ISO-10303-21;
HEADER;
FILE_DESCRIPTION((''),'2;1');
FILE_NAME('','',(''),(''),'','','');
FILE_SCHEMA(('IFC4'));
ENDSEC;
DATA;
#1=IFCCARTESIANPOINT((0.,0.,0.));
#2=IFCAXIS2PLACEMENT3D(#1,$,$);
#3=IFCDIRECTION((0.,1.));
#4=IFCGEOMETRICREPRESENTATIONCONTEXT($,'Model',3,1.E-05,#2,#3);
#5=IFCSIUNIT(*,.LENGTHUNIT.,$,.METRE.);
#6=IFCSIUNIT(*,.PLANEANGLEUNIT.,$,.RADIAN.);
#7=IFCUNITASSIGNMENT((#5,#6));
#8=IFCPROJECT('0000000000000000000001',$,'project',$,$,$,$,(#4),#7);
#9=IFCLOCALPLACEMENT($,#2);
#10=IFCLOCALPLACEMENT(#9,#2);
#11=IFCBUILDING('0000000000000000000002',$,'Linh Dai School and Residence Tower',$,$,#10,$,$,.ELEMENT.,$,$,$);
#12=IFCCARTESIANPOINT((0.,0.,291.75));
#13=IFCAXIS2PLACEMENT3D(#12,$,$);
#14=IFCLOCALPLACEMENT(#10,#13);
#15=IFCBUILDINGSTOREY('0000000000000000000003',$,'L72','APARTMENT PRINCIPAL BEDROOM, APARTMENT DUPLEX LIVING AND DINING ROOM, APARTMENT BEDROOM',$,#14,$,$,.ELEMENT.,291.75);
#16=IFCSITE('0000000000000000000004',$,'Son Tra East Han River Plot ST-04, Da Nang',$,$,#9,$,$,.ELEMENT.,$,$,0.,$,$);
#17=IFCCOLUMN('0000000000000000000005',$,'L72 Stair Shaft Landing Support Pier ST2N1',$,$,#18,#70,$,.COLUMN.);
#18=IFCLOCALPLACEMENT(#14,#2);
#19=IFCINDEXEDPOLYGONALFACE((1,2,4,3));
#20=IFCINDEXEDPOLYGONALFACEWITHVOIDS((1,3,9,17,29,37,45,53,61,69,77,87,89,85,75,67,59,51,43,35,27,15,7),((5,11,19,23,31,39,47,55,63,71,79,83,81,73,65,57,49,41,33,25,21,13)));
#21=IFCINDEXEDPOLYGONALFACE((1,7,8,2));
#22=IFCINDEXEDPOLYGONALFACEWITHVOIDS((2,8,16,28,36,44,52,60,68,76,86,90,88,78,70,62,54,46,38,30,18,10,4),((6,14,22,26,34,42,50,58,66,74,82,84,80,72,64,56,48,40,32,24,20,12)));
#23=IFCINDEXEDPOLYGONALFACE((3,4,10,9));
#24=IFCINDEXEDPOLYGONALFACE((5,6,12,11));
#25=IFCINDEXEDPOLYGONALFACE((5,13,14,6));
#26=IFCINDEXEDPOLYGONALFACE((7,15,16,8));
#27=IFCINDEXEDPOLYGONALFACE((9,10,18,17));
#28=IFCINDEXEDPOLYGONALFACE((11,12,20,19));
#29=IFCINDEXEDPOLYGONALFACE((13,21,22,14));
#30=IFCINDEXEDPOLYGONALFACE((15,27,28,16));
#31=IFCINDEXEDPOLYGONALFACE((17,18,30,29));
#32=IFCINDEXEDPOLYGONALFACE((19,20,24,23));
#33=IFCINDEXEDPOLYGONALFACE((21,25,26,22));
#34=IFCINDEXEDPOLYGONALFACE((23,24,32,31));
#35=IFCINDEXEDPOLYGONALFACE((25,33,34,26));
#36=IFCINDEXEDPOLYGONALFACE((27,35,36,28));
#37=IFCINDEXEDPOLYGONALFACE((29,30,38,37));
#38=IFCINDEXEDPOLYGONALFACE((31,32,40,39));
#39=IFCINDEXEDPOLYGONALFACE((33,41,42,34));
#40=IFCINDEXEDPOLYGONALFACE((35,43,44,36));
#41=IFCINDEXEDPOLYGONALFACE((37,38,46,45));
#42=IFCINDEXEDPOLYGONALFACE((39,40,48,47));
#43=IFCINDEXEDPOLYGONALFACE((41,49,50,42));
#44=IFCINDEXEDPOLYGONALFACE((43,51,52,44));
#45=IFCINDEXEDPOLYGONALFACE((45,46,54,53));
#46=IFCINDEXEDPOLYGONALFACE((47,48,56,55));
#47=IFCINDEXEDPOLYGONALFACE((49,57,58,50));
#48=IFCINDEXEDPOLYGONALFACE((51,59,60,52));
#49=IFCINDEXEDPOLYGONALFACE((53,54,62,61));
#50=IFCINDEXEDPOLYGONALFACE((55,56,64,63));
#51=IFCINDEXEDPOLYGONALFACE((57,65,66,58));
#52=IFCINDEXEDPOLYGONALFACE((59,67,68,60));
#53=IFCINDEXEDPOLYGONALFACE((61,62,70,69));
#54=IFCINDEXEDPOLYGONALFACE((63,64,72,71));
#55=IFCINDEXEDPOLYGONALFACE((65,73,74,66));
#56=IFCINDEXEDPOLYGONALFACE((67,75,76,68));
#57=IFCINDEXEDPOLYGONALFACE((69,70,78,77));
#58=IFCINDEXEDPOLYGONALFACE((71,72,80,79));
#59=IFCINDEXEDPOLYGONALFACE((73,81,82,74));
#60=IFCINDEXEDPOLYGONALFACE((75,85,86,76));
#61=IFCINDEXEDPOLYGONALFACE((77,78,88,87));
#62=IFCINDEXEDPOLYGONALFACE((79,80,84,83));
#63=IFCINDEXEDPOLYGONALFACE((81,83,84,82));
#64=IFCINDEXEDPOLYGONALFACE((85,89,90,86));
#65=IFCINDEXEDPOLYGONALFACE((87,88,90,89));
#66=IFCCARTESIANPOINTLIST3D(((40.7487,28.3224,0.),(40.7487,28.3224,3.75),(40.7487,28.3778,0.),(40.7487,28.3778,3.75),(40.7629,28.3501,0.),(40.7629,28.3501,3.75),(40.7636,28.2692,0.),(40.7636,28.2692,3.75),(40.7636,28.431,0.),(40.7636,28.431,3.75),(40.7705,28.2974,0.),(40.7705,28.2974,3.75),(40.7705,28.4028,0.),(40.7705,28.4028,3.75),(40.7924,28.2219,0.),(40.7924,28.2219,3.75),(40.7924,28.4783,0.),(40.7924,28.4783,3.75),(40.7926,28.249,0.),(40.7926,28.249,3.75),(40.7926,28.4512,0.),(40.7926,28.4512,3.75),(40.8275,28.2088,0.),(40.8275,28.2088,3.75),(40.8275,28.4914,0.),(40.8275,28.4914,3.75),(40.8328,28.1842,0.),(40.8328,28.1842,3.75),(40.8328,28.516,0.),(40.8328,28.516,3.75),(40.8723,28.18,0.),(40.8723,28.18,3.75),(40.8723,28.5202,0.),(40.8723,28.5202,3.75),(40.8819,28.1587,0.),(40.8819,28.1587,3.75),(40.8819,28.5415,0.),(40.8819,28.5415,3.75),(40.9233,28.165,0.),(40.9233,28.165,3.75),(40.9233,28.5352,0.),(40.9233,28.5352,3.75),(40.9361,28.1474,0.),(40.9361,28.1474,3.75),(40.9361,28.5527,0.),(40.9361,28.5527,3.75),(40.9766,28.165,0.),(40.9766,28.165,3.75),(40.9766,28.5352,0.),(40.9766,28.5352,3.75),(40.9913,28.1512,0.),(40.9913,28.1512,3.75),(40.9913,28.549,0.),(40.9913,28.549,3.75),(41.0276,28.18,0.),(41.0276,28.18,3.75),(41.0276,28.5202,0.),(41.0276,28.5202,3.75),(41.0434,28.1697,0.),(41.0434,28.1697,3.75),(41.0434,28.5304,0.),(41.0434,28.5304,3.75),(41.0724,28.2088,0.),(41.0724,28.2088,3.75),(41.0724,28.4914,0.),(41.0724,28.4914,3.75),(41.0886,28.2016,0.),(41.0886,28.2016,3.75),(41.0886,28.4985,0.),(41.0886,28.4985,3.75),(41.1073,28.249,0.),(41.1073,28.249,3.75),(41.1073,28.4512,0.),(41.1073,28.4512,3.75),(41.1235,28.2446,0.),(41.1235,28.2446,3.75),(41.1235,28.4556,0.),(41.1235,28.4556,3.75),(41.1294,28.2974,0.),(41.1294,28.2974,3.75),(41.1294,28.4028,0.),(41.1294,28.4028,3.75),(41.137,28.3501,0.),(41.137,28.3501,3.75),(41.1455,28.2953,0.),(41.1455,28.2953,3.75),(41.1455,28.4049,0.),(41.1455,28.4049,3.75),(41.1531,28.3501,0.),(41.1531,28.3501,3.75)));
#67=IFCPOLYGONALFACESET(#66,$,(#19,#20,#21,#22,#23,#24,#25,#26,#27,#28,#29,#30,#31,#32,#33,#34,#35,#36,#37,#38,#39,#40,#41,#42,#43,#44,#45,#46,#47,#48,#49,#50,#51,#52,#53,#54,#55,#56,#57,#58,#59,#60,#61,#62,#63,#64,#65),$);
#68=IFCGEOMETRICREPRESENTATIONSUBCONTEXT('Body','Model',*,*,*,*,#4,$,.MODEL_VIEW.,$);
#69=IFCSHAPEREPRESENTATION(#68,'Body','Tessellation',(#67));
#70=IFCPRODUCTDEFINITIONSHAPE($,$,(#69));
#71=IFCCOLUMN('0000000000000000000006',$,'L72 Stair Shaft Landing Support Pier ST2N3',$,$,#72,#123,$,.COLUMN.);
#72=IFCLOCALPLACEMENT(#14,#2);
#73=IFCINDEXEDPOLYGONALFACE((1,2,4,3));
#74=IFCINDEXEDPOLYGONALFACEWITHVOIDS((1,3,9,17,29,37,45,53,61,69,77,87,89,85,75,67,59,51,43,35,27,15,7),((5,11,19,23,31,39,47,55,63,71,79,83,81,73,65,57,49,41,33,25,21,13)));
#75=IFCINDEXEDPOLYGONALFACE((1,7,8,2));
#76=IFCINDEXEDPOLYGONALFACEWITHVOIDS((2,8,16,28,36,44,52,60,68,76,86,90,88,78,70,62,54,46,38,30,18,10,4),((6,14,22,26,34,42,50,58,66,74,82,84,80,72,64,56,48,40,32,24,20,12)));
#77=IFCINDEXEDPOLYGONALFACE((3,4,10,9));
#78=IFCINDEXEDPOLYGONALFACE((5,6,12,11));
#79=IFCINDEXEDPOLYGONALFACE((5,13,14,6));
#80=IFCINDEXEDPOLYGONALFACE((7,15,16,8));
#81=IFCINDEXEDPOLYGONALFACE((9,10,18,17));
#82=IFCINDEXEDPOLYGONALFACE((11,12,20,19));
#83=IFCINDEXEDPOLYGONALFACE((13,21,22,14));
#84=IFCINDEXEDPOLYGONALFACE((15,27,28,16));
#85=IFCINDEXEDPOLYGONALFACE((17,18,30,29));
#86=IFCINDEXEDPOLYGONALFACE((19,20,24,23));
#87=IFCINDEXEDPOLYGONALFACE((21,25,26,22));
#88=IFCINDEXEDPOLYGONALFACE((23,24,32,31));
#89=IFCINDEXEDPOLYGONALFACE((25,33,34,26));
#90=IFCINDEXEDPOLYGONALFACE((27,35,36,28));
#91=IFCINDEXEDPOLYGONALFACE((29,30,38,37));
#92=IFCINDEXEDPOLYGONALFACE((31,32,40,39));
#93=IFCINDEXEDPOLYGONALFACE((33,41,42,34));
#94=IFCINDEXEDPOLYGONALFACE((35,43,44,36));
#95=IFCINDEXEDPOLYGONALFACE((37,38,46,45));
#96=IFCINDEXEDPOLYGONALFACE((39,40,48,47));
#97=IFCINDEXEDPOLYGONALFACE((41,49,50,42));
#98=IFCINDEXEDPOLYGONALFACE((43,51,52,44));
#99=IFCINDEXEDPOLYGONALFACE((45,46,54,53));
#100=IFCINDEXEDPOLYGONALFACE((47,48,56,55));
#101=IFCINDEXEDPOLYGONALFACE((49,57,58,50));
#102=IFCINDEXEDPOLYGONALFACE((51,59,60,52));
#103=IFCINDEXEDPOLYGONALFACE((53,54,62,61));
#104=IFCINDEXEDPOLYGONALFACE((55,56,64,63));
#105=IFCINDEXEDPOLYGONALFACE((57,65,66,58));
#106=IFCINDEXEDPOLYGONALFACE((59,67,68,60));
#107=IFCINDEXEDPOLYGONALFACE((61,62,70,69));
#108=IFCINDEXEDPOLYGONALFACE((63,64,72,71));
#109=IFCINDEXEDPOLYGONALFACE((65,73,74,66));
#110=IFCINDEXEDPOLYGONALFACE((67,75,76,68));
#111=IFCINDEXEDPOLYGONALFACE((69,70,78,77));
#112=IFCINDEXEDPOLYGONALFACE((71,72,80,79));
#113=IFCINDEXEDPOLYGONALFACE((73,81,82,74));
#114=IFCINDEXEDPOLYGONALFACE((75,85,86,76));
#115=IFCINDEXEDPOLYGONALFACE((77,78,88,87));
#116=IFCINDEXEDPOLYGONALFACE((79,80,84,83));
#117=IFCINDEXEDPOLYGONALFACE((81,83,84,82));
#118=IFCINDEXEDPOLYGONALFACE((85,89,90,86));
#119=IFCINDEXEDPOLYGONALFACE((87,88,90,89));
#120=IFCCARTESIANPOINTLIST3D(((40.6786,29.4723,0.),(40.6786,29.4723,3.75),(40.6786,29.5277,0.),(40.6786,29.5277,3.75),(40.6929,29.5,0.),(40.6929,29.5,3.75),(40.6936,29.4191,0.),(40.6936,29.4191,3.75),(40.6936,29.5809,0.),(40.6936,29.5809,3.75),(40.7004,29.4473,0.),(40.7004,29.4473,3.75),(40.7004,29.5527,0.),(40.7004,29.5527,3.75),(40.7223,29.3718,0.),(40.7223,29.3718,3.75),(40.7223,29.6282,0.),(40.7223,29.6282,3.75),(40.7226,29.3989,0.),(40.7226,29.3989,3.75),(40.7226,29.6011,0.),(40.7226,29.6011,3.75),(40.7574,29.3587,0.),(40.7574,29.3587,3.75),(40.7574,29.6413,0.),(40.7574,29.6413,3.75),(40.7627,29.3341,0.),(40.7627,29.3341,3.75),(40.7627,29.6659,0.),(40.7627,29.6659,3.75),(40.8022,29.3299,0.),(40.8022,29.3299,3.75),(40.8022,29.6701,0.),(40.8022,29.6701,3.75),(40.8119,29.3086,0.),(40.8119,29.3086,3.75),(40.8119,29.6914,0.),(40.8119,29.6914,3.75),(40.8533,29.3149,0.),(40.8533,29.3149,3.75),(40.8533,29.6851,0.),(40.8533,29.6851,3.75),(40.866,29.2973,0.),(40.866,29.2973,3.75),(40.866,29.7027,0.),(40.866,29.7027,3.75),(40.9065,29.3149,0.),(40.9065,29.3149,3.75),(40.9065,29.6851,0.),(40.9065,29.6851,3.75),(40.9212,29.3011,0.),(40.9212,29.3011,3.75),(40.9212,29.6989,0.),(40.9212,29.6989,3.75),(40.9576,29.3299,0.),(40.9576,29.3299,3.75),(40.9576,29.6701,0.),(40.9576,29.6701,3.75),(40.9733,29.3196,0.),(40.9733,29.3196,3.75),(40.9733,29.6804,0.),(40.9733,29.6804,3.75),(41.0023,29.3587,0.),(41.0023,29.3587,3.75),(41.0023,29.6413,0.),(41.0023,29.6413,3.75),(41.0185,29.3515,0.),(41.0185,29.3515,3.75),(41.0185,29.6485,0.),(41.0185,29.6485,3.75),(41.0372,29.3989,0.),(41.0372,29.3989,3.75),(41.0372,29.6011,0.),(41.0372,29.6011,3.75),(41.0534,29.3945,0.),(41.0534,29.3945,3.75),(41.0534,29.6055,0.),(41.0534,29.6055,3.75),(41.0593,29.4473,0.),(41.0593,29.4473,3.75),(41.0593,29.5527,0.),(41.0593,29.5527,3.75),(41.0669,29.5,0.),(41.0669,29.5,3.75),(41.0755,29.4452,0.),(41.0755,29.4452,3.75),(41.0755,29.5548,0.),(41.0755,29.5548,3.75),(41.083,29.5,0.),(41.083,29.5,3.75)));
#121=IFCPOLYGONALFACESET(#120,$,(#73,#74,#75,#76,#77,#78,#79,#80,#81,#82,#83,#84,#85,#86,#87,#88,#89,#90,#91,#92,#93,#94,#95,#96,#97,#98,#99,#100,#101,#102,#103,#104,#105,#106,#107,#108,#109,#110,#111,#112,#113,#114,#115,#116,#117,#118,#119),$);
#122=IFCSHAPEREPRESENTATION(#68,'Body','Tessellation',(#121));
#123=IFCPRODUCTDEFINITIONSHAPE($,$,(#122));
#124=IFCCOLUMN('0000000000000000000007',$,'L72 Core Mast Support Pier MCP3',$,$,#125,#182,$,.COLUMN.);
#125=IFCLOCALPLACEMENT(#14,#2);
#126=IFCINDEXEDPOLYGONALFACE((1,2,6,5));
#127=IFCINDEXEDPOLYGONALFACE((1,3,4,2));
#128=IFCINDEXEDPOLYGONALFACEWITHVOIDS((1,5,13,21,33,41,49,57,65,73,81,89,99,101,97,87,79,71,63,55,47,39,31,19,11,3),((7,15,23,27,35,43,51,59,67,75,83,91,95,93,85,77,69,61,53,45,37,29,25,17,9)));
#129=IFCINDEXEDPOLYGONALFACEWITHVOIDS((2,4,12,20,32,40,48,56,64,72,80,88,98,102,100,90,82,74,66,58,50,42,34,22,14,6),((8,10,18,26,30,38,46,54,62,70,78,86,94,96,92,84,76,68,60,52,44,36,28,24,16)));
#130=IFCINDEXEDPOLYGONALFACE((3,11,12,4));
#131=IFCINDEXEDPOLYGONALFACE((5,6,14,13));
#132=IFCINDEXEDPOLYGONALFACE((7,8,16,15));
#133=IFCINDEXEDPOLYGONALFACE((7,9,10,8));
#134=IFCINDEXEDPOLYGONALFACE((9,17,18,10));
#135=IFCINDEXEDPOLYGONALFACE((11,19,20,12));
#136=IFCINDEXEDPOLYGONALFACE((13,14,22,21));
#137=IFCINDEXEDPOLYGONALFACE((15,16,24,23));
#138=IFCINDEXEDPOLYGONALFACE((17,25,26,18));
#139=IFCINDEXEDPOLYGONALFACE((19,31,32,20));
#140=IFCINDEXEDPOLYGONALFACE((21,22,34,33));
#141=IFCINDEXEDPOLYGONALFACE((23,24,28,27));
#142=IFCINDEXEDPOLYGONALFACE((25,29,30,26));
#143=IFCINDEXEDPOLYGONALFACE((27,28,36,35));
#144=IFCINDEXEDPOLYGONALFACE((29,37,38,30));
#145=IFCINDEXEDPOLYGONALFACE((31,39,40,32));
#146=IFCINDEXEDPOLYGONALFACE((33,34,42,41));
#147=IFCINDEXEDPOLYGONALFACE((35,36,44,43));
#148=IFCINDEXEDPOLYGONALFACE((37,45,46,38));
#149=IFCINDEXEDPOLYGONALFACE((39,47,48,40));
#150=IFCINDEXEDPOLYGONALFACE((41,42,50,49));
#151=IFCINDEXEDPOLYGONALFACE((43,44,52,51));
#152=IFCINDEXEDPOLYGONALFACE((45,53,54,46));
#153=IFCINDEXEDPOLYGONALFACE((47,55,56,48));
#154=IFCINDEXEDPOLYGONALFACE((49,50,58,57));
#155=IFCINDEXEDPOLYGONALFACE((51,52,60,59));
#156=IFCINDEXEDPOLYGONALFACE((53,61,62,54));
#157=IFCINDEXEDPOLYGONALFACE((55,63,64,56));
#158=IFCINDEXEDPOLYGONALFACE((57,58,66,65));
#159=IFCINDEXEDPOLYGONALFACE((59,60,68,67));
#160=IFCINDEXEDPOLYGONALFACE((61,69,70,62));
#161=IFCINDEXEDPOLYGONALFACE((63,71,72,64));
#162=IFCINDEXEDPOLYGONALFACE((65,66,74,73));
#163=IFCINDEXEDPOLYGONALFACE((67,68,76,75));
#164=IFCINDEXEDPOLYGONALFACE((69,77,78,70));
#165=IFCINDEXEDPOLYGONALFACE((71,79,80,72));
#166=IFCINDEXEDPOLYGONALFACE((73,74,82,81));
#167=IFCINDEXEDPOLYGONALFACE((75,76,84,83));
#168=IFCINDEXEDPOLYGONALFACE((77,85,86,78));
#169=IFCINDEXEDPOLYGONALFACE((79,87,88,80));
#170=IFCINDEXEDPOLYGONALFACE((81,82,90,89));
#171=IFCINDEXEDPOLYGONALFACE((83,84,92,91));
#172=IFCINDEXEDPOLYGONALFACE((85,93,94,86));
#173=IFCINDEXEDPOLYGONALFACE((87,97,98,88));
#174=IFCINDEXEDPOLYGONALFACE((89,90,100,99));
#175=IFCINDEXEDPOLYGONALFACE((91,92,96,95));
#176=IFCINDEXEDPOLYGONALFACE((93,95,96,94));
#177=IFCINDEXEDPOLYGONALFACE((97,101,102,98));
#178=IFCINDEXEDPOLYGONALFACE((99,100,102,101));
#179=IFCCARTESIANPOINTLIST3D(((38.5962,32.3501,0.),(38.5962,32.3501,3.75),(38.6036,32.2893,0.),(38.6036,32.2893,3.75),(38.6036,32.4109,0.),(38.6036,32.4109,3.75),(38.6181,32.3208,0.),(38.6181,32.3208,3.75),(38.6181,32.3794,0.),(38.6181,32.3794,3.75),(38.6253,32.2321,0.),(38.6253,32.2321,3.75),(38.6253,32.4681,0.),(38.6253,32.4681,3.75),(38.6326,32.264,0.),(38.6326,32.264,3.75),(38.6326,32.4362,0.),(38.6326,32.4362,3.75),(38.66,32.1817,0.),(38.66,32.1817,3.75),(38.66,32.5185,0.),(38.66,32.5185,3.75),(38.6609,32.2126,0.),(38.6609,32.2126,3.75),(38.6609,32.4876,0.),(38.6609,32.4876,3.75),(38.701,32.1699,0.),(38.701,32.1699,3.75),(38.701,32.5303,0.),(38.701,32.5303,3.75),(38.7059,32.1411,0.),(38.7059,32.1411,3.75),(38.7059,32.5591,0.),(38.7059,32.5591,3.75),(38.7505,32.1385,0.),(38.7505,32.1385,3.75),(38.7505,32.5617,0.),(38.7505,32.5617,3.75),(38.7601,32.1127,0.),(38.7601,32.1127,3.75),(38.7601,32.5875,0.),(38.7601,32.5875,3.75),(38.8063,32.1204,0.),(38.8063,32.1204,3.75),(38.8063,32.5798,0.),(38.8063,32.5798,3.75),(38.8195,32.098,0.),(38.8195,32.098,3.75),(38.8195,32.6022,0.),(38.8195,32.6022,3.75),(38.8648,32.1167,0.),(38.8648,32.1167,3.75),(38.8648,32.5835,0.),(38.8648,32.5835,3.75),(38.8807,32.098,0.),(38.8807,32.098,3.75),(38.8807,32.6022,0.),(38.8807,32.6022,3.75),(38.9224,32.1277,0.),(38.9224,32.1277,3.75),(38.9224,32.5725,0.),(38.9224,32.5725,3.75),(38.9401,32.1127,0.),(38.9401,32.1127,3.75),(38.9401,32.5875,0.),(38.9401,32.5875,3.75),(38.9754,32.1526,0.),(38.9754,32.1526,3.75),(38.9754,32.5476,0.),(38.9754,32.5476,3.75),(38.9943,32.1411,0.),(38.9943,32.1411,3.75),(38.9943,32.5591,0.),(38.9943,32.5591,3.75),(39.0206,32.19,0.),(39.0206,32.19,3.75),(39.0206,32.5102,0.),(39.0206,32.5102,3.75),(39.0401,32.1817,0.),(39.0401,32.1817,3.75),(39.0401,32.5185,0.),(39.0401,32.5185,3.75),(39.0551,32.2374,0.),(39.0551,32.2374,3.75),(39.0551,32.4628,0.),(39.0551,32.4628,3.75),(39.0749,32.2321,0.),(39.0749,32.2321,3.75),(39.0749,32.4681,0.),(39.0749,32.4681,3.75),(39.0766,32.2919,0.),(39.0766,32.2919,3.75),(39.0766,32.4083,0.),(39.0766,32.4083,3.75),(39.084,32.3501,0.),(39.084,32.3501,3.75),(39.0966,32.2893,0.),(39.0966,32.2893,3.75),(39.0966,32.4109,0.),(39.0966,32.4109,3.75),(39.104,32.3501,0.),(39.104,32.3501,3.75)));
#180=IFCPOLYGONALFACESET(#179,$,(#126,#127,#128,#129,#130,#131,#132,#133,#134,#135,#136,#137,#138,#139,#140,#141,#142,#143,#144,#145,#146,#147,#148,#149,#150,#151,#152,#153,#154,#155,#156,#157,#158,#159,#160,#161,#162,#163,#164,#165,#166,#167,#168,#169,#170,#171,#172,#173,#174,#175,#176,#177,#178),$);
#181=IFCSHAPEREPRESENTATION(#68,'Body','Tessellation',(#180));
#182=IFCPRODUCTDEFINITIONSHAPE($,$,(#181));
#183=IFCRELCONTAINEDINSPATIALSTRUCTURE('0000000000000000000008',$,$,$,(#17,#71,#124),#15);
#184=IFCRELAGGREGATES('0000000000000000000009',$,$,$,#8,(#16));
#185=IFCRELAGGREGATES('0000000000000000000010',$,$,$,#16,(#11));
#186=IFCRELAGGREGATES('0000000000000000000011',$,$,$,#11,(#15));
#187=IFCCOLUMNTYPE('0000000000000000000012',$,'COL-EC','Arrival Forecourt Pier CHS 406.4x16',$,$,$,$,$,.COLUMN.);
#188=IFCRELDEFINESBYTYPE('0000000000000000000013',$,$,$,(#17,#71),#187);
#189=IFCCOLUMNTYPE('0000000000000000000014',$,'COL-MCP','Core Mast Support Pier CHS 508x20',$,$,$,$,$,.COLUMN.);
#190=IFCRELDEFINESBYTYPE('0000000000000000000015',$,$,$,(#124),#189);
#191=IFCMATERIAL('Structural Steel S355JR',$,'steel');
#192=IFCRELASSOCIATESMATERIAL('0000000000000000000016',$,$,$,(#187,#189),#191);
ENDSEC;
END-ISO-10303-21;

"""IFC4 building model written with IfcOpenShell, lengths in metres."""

from ifc_helpers import new_model, si_unit, direction, frame, origin, origin_2d, place, context, subcontext, project, spatial, hollow_circle, extrude, material, material_profile, profile_set, type_object, element, save


model = new_model("IFC4")

# Units and contexts
model_context = context("Model", 3, precision=1e-05, world=origin(), true_north=direction((0.0, 1.0)))
body_context = subcontext(model_context, "Body", "Model", "MODEL_VIEW")
ifc_project = project(units=[si_unit("LENGTHUNIT", "METRE"), si_unit("PLANEANGLEUNIT", "RADIAN")], contexts=[model_context])

# Site, building, storey
site_placement = place(None, origin())
site = spatial("IfcSite", under=ifc_project, at=site_placement, Name="Son Tra East Han River Plot ST-04, Da Nang", CompositionType="ELEMENT", RefElevation=0.0)
building_placement = place(site_placement, origin())
building = spatial("IfcBuilding", under=site, at=building_placement, Name="Linh Dai School and Residence Tower", CompositionType="ELEMENT")
storey_placement = place(building_placement, frame((0.0, 0.0, 291.75)))
storey = spatial("IfcBuildingStorey", under=building, at=storey_placement, Name="L72", Description="APARTMENT PRINCIPAL BEDROOM, APARTMENT DUPLEX LIVING AND DINING ROOM, APARTMENT BEDROOM", CompositionType="ELEMENT", Elevation=291.75)

# Columns
ifc_material_1 = material(Name="Structural Steel S355JR", Category="steel")
ifc_material_profile_1 = material_profile(ifc_material_1, hollow_circle(Radius=0.2031, WallThickness=0.0161, at=origin_2d()), Name="CHS 406.4x16")
ifc_profile_set_1 = profile_set([ifc_material_profile_1], Name="Structural Steel S355JR")
column_type_1 = type_object("IfcColumnType", Name="COL-EC", Description="Arrival Forecourt Pier CHS 406.4x16", PredefinedType="COLUMN", material=ifc_profile_set_1)
for number, where, z_axis, x_axis, name in (
    (1, (40.95, 28.3501, 0.0), (0.0, 0.0, 1.0), (1.0, 0.0, 0.0), "L72 Stair Shaft Landing Support Pier ST2N1"),
    (2, (40.8799, 29.5, 0.0), (0.0, 0.0, 1.0), (1.0, 0.0, 0.0), "L72 Stair Shaft Landing Support Pier ST2N3"),
):
    element("IfcColumn", number, at=place(storey_placement, frame(where, z_axis=z_axis, x_axis=x_axis)), inside=storey, type_object=column_type_1, Name=name, PredefinedType="COLUMN", context=body_context, shape_type="SweptSolid", body=[
        extrude(hollow_circle(Radius=0.2031, WallThickness=0.0161, at=origin_2d()), origin(), (0.0, 0.0, 1.0), 3.75),
    ])
ifc_material_profile_2 = material_profile(ifc_material_1, hollow_circle(Radius=0.2539, WallThickness=0.02, at=origin_2d()), Name="CHS 508x20")
ifc_profile_set_2 = profile_set([ifc_material_profile_2], Name="Structural Steel S355JR")
column_type_2 = type_object("IfcColumnType", Name="COL-MCP", Description="Core Mast Support Pier CHS 508x20", PredefinedType="COLUMN", material=ifc_profile_set_2)
column_placement = place(storey_placement, frame((38.8501, 32.3501, 0.0), z_axis=(0.0, 0.0, 1.0), x_axis=(1.0, 0.0, 0.0)))
element("IfcColumn", 3, at=column_placement, inside=storey, type_object=column_type_2, Name="L72 Core Mast Support Pier MCP3", PredefinedType="COLUMN", context=body_context, shape_type="SweptSolid", body=[
    extrude(hollow_circle(Radius=0.2539, WallThickness=0.02, at=origin_2d()), origin(), (0.0, 0.0, 1.0), 3.75),
])

save(model, "model.ifc")
